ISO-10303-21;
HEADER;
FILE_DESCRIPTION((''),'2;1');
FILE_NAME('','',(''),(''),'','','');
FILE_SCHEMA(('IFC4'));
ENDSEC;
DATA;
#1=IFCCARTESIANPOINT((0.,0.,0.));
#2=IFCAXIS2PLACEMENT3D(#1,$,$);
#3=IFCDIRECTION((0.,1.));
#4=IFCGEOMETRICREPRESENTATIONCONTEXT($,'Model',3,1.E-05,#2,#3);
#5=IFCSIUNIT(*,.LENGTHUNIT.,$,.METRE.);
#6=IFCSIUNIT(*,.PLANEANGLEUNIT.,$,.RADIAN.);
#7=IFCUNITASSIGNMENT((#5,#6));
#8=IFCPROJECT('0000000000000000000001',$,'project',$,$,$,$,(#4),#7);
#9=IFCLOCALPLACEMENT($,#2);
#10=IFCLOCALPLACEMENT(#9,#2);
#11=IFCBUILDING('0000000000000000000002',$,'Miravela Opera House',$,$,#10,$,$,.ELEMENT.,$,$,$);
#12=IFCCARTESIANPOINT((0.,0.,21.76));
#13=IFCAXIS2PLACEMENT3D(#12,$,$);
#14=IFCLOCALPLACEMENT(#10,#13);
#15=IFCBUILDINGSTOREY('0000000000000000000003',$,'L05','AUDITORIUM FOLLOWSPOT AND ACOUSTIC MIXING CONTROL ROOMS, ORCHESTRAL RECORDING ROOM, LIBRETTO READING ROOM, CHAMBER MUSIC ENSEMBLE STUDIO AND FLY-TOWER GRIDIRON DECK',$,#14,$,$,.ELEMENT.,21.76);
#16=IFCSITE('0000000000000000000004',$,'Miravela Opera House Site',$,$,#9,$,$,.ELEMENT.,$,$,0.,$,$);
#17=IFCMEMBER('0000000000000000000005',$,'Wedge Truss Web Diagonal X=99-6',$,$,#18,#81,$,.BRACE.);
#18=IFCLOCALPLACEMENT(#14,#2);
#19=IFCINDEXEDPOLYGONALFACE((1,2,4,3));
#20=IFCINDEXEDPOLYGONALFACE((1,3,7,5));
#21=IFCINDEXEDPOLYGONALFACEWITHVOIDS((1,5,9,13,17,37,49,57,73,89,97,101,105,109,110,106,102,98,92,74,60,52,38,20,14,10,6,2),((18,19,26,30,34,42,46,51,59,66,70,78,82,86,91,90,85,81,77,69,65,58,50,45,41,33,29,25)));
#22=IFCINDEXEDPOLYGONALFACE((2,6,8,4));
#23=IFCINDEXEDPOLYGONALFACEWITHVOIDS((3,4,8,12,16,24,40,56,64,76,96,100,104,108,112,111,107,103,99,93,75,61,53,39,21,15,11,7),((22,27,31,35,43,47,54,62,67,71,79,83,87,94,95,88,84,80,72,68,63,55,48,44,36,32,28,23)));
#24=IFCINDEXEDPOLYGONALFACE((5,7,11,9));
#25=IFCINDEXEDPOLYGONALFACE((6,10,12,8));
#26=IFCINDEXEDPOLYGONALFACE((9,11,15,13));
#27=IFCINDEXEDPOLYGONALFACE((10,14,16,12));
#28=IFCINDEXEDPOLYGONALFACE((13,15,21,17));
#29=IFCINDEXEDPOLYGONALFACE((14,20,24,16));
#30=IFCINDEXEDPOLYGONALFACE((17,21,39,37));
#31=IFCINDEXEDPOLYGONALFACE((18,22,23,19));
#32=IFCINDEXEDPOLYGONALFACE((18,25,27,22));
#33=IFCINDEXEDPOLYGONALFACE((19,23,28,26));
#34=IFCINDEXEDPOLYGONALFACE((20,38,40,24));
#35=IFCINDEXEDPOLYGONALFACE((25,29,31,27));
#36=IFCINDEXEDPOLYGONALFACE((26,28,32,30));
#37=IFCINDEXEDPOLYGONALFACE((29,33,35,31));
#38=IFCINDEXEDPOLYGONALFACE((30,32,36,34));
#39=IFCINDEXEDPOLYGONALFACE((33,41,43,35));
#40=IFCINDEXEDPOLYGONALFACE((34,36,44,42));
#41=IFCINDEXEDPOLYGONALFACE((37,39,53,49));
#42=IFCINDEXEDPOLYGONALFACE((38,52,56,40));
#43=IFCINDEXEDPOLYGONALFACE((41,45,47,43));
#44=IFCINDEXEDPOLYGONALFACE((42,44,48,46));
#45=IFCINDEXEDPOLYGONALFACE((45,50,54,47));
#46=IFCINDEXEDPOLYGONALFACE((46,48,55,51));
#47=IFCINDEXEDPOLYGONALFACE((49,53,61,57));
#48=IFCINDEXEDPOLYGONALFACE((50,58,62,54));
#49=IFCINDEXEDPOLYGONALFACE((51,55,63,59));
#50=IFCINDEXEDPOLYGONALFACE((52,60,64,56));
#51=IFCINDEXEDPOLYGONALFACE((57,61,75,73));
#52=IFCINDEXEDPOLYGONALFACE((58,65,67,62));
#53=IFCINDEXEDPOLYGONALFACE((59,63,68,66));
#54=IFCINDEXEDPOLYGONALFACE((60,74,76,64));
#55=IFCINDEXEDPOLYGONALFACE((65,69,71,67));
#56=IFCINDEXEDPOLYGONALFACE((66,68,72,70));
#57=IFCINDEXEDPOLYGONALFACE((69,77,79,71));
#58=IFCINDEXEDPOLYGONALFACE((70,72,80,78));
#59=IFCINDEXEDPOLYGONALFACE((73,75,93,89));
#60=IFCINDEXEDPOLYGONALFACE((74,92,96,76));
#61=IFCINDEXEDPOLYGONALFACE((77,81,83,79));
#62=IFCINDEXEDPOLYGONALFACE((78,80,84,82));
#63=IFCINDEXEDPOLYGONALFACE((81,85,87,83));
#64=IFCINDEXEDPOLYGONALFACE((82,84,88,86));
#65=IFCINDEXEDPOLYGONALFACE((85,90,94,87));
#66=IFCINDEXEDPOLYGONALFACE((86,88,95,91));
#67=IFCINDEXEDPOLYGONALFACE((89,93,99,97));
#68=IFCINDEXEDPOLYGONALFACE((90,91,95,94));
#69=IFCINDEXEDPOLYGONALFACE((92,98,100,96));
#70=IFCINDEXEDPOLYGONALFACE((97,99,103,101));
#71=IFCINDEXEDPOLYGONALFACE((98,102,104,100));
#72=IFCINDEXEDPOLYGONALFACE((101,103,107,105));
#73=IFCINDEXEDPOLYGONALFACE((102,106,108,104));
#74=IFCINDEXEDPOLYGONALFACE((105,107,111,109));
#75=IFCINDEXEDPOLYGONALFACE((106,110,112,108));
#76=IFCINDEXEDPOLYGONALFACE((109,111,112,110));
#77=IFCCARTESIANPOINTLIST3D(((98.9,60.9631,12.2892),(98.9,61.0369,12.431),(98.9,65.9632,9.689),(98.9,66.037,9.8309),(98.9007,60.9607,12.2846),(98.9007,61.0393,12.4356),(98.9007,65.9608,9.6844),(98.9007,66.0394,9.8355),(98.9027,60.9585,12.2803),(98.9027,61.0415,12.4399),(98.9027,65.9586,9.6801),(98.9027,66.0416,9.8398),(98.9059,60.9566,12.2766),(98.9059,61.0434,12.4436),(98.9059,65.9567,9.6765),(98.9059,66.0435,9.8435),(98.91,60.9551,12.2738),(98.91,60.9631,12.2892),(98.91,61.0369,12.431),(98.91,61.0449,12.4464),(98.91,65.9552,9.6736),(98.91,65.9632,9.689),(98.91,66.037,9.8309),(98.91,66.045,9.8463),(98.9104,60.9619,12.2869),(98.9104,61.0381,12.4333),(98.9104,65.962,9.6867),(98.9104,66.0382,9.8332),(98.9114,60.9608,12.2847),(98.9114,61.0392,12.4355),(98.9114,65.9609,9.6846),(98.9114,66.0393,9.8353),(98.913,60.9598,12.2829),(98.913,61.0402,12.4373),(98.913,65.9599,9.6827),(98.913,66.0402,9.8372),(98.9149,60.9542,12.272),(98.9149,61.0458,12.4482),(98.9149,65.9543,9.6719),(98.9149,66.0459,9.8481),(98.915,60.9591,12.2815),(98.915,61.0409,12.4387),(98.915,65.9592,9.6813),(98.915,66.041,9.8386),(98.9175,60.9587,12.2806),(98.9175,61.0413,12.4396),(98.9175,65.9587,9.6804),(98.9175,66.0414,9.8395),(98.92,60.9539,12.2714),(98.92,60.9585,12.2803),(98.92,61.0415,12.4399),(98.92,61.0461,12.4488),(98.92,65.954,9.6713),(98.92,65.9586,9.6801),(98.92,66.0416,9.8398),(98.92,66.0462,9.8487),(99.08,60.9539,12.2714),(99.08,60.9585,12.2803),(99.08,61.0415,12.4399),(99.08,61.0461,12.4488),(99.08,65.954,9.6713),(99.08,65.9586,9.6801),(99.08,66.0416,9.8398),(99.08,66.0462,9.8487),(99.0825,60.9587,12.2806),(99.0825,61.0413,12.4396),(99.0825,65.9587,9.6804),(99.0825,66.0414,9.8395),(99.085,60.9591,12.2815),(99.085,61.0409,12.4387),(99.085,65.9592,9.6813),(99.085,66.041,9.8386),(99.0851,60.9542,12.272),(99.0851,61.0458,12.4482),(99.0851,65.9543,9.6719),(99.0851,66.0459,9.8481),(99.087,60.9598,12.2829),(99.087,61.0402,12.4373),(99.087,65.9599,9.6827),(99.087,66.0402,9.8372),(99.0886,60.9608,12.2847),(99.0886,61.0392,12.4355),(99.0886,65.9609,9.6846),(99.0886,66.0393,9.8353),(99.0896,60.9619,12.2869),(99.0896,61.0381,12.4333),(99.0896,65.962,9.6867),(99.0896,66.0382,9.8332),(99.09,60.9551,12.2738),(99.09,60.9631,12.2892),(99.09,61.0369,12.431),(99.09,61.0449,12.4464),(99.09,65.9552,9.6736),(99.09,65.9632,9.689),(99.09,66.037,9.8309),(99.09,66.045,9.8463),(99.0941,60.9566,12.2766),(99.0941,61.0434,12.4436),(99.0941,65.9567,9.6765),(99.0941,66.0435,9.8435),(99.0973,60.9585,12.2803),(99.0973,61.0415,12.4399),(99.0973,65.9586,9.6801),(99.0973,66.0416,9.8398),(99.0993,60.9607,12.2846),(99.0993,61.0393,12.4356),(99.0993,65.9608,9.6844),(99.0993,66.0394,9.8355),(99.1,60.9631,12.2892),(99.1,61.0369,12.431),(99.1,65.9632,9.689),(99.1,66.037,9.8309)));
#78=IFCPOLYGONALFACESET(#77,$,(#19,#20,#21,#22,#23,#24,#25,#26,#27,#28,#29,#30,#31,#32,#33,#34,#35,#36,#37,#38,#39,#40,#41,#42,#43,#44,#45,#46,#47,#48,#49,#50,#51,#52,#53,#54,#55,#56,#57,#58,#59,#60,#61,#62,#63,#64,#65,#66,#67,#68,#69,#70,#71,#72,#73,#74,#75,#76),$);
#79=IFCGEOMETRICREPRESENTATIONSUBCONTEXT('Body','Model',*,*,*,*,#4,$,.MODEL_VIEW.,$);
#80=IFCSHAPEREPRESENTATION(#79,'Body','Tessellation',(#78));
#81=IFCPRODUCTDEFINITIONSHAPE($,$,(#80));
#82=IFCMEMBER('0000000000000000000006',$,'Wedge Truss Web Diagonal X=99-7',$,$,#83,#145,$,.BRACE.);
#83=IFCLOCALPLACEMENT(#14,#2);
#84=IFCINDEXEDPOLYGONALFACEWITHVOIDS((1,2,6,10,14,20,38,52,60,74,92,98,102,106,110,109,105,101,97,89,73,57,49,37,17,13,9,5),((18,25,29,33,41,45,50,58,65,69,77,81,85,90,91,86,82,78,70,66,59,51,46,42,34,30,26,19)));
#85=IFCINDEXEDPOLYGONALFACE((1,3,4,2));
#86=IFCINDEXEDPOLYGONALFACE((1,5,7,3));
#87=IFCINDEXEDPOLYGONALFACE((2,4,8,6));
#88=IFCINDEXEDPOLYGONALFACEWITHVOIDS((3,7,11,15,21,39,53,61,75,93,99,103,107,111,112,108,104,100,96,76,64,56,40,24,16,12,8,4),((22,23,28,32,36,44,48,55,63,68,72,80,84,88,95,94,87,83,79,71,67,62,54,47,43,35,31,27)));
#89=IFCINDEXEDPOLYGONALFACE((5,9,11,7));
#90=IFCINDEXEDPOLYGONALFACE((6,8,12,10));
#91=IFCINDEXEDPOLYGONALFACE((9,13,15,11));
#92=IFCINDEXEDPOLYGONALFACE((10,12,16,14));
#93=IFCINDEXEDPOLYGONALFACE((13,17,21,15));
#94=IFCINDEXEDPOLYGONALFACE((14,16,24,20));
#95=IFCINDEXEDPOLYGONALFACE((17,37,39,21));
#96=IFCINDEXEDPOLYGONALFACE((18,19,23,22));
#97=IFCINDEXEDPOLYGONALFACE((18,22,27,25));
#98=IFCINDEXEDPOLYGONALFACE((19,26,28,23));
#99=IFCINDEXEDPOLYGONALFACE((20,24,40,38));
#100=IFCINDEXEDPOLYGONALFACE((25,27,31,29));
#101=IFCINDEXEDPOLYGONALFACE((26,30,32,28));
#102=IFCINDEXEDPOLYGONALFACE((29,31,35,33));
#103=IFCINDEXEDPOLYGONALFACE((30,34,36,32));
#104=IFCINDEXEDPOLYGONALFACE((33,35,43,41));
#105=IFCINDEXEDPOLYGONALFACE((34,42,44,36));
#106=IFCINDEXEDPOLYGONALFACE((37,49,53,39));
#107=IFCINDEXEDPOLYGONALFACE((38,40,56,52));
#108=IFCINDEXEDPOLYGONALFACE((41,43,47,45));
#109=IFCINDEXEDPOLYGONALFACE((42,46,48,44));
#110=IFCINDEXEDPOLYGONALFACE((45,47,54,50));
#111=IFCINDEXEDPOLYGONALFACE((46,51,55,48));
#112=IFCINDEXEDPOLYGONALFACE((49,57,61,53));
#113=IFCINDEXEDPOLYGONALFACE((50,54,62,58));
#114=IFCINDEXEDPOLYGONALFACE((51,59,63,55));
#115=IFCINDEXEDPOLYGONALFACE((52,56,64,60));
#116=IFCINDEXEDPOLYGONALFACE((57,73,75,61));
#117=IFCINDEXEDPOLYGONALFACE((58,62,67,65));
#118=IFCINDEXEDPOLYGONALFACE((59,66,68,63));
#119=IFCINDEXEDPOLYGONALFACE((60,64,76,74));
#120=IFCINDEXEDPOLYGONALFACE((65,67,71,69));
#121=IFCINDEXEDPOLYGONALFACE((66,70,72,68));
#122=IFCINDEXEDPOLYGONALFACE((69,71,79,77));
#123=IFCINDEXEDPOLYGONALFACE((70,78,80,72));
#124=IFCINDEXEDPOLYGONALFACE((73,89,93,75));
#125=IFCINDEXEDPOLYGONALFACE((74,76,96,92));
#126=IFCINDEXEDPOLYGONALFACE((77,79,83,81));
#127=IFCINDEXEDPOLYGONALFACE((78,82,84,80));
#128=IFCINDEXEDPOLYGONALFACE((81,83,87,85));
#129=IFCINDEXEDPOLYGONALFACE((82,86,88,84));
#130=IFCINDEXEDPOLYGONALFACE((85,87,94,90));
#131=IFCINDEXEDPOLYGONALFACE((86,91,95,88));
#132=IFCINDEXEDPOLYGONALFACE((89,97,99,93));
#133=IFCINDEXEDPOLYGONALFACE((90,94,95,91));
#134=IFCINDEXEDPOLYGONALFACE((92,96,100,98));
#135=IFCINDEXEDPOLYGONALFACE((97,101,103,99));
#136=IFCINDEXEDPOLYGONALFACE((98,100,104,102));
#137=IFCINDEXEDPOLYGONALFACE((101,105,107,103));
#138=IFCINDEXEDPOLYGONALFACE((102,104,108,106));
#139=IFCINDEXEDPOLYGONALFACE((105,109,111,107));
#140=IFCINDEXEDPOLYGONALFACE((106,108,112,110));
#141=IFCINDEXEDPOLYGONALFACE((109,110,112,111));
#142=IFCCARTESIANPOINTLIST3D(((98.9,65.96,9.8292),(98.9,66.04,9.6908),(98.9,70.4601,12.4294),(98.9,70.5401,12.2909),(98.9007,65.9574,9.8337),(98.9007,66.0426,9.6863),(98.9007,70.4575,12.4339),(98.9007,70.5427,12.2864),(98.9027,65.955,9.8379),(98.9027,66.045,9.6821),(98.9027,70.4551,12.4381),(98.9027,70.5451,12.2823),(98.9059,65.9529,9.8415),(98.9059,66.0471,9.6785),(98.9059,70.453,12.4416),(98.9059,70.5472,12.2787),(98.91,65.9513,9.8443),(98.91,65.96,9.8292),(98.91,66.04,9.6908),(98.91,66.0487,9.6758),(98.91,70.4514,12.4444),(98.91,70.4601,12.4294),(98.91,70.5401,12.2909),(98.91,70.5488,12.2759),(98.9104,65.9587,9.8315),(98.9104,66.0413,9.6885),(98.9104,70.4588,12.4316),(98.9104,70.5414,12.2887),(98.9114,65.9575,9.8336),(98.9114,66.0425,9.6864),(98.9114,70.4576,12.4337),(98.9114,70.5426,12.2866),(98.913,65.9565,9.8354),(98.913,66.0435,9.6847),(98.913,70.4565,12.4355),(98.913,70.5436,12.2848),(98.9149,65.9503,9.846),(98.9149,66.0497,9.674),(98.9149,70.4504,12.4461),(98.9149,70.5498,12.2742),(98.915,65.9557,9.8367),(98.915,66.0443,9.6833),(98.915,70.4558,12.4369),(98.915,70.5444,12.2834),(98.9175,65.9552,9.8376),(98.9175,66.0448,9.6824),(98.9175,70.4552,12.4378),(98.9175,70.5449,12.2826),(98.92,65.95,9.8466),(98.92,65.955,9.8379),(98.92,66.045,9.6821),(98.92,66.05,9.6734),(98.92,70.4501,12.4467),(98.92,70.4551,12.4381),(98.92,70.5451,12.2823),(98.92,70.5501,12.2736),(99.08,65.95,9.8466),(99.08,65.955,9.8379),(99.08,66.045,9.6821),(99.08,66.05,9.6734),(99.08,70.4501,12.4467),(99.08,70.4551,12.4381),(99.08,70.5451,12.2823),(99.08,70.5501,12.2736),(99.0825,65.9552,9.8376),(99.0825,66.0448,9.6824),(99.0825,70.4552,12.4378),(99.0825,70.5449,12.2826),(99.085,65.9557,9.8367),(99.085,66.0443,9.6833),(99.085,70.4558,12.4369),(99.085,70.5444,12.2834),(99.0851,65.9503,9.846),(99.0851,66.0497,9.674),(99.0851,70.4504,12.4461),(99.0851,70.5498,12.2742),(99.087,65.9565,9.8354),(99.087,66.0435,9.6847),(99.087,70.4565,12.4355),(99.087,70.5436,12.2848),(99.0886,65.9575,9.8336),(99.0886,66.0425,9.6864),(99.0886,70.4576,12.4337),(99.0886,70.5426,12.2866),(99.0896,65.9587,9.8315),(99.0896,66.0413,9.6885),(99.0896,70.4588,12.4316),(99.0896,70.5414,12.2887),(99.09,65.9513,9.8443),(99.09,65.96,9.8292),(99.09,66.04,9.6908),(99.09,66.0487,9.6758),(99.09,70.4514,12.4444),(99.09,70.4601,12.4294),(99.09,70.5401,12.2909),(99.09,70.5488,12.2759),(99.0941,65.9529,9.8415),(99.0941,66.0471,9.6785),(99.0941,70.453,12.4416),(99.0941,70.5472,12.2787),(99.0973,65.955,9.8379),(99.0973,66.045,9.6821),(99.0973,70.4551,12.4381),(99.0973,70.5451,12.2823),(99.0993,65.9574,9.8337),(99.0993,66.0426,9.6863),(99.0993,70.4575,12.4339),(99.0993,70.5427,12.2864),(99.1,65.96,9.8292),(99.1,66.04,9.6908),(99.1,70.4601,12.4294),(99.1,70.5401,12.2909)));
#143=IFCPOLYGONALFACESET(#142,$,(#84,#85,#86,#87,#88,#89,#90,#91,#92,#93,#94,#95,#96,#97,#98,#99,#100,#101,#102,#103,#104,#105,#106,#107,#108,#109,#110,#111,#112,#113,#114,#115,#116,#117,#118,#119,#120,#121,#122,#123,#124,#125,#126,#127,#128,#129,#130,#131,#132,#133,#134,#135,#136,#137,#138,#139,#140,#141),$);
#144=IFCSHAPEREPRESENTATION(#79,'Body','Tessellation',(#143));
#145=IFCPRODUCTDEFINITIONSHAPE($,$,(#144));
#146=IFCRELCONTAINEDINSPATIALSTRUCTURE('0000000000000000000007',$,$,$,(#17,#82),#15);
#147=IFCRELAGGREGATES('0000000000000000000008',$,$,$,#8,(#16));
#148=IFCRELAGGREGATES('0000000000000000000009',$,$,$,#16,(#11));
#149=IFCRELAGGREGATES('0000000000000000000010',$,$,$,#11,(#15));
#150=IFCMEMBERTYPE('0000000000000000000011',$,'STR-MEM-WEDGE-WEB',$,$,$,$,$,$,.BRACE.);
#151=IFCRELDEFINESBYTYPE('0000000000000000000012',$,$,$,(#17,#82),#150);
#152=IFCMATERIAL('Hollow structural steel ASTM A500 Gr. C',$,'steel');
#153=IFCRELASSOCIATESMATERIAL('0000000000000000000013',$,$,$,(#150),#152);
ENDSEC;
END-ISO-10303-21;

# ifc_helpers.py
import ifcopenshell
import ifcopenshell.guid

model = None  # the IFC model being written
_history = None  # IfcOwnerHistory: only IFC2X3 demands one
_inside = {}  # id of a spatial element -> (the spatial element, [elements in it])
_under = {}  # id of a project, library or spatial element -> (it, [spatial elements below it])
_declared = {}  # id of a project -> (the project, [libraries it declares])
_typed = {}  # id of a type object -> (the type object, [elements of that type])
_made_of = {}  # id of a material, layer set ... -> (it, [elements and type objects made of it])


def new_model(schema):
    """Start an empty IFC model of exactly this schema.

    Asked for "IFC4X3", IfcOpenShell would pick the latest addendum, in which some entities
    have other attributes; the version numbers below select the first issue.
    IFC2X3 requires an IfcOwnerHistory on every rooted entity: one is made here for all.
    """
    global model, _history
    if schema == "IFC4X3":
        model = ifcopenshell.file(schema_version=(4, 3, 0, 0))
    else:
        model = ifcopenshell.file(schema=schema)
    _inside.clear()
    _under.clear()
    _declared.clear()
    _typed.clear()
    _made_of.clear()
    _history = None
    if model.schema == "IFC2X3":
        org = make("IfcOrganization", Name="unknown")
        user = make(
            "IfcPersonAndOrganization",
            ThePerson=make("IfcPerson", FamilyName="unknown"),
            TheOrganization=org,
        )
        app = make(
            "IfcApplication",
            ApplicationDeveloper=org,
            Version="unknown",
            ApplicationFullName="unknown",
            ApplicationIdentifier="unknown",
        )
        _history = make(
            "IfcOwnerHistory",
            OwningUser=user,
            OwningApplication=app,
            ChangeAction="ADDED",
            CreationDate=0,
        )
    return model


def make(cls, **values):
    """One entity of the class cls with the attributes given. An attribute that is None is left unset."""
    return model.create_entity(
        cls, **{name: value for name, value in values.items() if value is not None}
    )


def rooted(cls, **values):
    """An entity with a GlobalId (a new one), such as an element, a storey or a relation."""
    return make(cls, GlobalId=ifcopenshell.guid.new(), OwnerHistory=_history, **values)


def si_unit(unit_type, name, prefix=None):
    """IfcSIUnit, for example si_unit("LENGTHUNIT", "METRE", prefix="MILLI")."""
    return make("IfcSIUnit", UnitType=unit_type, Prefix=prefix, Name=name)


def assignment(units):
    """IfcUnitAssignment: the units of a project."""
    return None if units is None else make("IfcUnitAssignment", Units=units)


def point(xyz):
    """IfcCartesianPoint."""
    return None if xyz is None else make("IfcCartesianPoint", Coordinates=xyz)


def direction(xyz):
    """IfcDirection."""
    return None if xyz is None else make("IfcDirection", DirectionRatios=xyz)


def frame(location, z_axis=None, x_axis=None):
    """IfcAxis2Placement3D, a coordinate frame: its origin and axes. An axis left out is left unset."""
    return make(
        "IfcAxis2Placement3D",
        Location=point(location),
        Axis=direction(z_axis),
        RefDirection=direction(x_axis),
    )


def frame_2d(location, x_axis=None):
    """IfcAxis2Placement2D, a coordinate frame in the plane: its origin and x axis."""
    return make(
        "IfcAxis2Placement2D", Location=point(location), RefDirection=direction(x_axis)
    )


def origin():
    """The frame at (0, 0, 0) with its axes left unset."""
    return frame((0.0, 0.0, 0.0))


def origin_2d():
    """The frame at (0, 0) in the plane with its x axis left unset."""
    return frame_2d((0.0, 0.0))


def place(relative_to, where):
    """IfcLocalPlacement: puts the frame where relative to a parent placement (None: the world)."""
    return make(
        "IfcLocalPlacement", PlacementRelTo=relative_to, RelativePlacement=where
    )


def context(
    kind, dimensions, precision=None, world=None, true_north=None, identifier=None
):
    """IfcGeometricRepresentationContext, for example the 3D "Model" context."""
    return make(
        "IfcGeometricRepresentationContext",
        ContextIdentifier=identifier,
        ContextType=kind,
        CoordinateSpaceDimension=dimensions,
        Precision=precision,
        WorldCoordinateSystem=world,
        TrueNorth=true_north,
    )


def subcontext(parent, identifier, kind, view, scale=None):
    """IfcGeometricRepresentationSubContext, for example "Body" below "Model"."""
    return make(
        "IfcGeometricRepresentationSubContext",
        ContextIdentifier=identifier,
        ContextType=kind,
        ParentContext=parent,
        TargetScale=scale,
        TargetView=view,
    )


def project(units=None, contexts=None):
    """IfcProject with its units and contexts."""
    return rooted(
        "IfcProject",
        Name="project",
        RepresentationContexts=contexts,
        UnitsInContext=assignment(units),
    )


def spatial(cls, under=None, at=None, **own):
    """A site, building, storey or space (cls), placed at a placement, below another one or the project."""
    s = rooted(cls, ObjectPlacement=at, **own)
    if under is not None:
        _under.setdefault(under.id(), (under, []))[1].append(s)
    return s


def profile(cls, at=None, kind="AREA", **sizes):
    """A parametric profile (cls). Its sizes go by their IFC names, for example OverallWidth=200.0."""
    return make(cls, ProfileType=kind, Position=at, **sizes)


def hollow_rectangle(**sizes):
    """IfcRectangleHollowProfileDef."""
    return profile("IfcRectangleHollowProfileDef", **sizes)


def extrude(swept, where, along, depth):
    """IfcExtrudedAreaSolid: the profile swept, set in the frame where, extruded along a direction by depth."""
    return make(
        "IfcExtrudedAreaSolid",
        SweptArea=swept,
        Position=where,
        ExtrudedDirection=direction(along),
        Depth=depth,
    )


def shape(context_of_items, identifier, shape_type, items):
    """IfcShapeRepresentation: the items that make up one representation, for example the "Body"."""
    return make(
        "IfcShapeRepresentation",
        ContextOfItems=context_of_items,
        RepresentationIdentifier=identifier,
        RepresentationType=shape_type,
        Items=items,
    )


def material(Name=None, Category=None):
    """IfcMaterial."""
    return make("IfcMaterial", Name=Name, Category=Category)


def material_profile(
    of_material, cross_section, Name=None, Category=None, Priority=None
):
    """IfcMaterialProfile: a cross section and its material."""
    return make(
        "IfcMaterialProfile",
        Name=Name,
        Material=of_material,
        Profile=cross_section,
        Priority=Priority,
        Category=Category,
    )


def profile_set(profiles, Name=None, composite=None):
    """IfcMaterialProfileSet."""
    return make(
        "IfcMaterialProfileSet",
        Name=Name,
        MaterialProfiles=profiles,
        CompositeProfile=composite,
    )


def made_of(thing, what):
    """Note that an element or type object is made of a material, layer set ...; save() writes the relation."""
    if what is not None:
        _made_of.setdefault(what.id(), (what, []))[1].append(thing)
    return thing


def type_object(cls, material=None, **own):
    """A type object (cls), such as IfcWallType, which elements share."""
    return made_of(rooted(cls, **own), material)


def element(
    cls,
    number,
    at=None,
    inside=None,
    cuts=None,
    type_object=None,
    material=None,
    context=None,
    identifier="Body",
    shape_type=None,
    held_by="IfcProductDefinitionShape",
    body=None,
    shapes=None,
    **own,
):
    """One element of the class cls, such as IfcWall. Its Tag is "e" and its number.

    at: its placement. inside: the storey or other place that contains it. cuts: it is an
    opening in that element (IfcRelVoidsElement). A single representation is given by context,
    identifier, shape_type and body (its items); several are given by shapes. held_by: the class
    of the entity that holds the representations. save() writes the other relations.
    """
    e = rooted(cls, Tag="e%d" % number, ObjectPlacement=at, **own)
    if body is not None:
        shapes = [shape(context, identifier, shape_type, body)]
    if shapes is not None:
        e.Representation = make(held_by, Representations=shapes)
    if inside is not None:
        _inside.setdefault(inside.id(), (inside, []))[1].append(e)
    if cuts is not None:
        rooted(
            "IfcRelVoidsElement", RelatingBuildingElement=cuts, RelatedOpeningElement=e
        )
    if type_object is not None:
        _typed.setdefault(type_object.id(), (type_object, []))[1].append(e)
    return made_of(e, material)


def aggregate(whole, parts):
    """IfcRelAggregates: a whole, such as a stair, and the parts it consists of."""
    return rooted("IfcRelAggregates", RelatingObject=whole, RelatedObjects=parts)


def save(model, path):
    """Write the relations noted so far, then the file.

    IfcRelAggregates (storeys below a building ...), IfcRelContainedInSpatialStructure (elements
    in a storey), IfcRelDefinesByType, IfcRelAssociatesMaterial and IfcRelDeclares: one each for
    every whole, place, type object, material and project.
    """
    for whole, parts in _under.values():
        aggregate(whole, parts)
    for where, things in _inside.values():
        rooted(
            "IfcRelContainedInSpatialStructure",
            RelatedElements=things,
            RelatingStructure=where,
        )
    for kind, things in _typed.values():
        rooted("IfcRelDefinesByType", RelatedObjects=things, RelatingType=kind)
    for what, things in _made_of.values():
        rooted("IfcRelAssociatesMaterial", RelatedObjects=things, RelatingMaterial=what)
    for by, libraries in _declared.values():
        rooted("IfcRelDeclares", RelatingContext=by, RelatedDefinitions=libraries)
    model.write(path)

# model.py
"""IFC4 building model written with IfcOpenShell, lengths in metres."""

from ifc_helpers import new_model, si_unit, direction, frame, origin, origin_2d, place, context, subcontext, project, spatial, hollow_rectangle, extrude, material, material_profile, profile_set, type_object, element, save


model = new_model("IFC4")

# Units and contexts
model_context = context("Model", 3, precision=1e-05, world=origin(), true_north=direction((0.0, 1.0)))
body_context = subcontext(model_context, "Body", "Model", "MODEL_VIEW")
ifc_project = project(units=[si_unit("LENGTHUNIT", "METRE"), si_unit("PLANEANGLEUNIT", "RADIAN")], contexts=[model_context])

# Site, building, storey
site_placement = place(None, origin())
site = spatial("IfcSite", under=ifc_project, at=site_placement, Name="Miravela Opera House Site", CompositionType="ELEMENT", RefElevation=0.0)
building_placement = place(site_placement, origin())
building = spatial("IfcBuilding", under=site, at=building_placement, Name="Miravela Opera House", CompositionType="ELEMENT")
storey_placement = place(building_placement, frame((0.0, 0.0, 21.76)))
storey = spatial("IfcBuildingStorey", under=building, at=storey_placement, Name="L05", Description="AUDITORIUM FOLLOWSPOT AND ACOUSTIC MIXING CONTROL ROOMS, ORCHESTRAL RECORDING ROOM, LIBRETTO READING ROOM, CHAMBER MUSIC ENSEMBLE STUDIO AND FLY-TOWER GRIDIRON DECK", CompositionType="ELEMENT", Elevation=21.76)

# Members
ifc_material_1 = material(Name="Hollow structural steel ASTM A500 Gr. C", Category="steel")
ifc_material_profile_1 = material_profile(ifc_material_1, hollow_rectangle(XDim=0.2, YDim=0.2, WallThickness=0.01, InnerFilletRadius=0.01, OuterFilletRadius=0.02, at=origin_2d()), Name="HSS200X200X10")
ifc_profile_set_1 = profile_set([ifc_material_profile_1])
member_type_1 = type_object("IfcMemberType", Name="STR-MEM-WEDGE-WEB", PredefinedType="BRACE", material=ifc_profile_set_1)
member_placement = place(storey_placement, frame((99.0, 61.0, 12.3601), z_axis=(0.0, 0.88721, -0.461366), x_axis=(-1.0, 0.0, 0.0)))
element("IfcMember", 1, at=member_placement, inside=storey, type_object=member_type_1, Name="Wedge Truss Web Diagonal X=99-6", PredefinedType="BRACE", context=body_context, shape_type="SweptSolid", body=[
    extrude(hollow_rectangle(XDim=0.2, YDim=0.2, WallThickness=0.01, InnerFilletRadius=0.01, OuterFilletRadius=0.02, at=origin_2d()), origin(), (0.0, 0.0, 1.0), 5.6357),
])
for number, where, z_axis, x_axis, name in (
    (2, (99.0, 66.0, 9.76), (0.0, 0.865857, 0.500292), (-1.0, 0.0, 0.0), "Wedge Truss Web Diagonal X=99-7"),
):
    element("IfcMember", number, at=place(storey_placement, frame(where, z_axis=z_axis, x_axis=x_axis)), inside=storey, type_object=member_type_1, Name=name, PredefinedType="BRACE", context=body_context, shape_type="SweptSolid", body=[
        extrude(hollow_rectangle(XDim=0.2, YDim=0.2, WallThickness=0.01, InnerFilletRadius=0.01, OuterFilletRadius=0.02, at=origin_2d()), origin(), (0.0, 0.0, 1.0), 5.1973),
    ])

save(model, "model.ifc")
